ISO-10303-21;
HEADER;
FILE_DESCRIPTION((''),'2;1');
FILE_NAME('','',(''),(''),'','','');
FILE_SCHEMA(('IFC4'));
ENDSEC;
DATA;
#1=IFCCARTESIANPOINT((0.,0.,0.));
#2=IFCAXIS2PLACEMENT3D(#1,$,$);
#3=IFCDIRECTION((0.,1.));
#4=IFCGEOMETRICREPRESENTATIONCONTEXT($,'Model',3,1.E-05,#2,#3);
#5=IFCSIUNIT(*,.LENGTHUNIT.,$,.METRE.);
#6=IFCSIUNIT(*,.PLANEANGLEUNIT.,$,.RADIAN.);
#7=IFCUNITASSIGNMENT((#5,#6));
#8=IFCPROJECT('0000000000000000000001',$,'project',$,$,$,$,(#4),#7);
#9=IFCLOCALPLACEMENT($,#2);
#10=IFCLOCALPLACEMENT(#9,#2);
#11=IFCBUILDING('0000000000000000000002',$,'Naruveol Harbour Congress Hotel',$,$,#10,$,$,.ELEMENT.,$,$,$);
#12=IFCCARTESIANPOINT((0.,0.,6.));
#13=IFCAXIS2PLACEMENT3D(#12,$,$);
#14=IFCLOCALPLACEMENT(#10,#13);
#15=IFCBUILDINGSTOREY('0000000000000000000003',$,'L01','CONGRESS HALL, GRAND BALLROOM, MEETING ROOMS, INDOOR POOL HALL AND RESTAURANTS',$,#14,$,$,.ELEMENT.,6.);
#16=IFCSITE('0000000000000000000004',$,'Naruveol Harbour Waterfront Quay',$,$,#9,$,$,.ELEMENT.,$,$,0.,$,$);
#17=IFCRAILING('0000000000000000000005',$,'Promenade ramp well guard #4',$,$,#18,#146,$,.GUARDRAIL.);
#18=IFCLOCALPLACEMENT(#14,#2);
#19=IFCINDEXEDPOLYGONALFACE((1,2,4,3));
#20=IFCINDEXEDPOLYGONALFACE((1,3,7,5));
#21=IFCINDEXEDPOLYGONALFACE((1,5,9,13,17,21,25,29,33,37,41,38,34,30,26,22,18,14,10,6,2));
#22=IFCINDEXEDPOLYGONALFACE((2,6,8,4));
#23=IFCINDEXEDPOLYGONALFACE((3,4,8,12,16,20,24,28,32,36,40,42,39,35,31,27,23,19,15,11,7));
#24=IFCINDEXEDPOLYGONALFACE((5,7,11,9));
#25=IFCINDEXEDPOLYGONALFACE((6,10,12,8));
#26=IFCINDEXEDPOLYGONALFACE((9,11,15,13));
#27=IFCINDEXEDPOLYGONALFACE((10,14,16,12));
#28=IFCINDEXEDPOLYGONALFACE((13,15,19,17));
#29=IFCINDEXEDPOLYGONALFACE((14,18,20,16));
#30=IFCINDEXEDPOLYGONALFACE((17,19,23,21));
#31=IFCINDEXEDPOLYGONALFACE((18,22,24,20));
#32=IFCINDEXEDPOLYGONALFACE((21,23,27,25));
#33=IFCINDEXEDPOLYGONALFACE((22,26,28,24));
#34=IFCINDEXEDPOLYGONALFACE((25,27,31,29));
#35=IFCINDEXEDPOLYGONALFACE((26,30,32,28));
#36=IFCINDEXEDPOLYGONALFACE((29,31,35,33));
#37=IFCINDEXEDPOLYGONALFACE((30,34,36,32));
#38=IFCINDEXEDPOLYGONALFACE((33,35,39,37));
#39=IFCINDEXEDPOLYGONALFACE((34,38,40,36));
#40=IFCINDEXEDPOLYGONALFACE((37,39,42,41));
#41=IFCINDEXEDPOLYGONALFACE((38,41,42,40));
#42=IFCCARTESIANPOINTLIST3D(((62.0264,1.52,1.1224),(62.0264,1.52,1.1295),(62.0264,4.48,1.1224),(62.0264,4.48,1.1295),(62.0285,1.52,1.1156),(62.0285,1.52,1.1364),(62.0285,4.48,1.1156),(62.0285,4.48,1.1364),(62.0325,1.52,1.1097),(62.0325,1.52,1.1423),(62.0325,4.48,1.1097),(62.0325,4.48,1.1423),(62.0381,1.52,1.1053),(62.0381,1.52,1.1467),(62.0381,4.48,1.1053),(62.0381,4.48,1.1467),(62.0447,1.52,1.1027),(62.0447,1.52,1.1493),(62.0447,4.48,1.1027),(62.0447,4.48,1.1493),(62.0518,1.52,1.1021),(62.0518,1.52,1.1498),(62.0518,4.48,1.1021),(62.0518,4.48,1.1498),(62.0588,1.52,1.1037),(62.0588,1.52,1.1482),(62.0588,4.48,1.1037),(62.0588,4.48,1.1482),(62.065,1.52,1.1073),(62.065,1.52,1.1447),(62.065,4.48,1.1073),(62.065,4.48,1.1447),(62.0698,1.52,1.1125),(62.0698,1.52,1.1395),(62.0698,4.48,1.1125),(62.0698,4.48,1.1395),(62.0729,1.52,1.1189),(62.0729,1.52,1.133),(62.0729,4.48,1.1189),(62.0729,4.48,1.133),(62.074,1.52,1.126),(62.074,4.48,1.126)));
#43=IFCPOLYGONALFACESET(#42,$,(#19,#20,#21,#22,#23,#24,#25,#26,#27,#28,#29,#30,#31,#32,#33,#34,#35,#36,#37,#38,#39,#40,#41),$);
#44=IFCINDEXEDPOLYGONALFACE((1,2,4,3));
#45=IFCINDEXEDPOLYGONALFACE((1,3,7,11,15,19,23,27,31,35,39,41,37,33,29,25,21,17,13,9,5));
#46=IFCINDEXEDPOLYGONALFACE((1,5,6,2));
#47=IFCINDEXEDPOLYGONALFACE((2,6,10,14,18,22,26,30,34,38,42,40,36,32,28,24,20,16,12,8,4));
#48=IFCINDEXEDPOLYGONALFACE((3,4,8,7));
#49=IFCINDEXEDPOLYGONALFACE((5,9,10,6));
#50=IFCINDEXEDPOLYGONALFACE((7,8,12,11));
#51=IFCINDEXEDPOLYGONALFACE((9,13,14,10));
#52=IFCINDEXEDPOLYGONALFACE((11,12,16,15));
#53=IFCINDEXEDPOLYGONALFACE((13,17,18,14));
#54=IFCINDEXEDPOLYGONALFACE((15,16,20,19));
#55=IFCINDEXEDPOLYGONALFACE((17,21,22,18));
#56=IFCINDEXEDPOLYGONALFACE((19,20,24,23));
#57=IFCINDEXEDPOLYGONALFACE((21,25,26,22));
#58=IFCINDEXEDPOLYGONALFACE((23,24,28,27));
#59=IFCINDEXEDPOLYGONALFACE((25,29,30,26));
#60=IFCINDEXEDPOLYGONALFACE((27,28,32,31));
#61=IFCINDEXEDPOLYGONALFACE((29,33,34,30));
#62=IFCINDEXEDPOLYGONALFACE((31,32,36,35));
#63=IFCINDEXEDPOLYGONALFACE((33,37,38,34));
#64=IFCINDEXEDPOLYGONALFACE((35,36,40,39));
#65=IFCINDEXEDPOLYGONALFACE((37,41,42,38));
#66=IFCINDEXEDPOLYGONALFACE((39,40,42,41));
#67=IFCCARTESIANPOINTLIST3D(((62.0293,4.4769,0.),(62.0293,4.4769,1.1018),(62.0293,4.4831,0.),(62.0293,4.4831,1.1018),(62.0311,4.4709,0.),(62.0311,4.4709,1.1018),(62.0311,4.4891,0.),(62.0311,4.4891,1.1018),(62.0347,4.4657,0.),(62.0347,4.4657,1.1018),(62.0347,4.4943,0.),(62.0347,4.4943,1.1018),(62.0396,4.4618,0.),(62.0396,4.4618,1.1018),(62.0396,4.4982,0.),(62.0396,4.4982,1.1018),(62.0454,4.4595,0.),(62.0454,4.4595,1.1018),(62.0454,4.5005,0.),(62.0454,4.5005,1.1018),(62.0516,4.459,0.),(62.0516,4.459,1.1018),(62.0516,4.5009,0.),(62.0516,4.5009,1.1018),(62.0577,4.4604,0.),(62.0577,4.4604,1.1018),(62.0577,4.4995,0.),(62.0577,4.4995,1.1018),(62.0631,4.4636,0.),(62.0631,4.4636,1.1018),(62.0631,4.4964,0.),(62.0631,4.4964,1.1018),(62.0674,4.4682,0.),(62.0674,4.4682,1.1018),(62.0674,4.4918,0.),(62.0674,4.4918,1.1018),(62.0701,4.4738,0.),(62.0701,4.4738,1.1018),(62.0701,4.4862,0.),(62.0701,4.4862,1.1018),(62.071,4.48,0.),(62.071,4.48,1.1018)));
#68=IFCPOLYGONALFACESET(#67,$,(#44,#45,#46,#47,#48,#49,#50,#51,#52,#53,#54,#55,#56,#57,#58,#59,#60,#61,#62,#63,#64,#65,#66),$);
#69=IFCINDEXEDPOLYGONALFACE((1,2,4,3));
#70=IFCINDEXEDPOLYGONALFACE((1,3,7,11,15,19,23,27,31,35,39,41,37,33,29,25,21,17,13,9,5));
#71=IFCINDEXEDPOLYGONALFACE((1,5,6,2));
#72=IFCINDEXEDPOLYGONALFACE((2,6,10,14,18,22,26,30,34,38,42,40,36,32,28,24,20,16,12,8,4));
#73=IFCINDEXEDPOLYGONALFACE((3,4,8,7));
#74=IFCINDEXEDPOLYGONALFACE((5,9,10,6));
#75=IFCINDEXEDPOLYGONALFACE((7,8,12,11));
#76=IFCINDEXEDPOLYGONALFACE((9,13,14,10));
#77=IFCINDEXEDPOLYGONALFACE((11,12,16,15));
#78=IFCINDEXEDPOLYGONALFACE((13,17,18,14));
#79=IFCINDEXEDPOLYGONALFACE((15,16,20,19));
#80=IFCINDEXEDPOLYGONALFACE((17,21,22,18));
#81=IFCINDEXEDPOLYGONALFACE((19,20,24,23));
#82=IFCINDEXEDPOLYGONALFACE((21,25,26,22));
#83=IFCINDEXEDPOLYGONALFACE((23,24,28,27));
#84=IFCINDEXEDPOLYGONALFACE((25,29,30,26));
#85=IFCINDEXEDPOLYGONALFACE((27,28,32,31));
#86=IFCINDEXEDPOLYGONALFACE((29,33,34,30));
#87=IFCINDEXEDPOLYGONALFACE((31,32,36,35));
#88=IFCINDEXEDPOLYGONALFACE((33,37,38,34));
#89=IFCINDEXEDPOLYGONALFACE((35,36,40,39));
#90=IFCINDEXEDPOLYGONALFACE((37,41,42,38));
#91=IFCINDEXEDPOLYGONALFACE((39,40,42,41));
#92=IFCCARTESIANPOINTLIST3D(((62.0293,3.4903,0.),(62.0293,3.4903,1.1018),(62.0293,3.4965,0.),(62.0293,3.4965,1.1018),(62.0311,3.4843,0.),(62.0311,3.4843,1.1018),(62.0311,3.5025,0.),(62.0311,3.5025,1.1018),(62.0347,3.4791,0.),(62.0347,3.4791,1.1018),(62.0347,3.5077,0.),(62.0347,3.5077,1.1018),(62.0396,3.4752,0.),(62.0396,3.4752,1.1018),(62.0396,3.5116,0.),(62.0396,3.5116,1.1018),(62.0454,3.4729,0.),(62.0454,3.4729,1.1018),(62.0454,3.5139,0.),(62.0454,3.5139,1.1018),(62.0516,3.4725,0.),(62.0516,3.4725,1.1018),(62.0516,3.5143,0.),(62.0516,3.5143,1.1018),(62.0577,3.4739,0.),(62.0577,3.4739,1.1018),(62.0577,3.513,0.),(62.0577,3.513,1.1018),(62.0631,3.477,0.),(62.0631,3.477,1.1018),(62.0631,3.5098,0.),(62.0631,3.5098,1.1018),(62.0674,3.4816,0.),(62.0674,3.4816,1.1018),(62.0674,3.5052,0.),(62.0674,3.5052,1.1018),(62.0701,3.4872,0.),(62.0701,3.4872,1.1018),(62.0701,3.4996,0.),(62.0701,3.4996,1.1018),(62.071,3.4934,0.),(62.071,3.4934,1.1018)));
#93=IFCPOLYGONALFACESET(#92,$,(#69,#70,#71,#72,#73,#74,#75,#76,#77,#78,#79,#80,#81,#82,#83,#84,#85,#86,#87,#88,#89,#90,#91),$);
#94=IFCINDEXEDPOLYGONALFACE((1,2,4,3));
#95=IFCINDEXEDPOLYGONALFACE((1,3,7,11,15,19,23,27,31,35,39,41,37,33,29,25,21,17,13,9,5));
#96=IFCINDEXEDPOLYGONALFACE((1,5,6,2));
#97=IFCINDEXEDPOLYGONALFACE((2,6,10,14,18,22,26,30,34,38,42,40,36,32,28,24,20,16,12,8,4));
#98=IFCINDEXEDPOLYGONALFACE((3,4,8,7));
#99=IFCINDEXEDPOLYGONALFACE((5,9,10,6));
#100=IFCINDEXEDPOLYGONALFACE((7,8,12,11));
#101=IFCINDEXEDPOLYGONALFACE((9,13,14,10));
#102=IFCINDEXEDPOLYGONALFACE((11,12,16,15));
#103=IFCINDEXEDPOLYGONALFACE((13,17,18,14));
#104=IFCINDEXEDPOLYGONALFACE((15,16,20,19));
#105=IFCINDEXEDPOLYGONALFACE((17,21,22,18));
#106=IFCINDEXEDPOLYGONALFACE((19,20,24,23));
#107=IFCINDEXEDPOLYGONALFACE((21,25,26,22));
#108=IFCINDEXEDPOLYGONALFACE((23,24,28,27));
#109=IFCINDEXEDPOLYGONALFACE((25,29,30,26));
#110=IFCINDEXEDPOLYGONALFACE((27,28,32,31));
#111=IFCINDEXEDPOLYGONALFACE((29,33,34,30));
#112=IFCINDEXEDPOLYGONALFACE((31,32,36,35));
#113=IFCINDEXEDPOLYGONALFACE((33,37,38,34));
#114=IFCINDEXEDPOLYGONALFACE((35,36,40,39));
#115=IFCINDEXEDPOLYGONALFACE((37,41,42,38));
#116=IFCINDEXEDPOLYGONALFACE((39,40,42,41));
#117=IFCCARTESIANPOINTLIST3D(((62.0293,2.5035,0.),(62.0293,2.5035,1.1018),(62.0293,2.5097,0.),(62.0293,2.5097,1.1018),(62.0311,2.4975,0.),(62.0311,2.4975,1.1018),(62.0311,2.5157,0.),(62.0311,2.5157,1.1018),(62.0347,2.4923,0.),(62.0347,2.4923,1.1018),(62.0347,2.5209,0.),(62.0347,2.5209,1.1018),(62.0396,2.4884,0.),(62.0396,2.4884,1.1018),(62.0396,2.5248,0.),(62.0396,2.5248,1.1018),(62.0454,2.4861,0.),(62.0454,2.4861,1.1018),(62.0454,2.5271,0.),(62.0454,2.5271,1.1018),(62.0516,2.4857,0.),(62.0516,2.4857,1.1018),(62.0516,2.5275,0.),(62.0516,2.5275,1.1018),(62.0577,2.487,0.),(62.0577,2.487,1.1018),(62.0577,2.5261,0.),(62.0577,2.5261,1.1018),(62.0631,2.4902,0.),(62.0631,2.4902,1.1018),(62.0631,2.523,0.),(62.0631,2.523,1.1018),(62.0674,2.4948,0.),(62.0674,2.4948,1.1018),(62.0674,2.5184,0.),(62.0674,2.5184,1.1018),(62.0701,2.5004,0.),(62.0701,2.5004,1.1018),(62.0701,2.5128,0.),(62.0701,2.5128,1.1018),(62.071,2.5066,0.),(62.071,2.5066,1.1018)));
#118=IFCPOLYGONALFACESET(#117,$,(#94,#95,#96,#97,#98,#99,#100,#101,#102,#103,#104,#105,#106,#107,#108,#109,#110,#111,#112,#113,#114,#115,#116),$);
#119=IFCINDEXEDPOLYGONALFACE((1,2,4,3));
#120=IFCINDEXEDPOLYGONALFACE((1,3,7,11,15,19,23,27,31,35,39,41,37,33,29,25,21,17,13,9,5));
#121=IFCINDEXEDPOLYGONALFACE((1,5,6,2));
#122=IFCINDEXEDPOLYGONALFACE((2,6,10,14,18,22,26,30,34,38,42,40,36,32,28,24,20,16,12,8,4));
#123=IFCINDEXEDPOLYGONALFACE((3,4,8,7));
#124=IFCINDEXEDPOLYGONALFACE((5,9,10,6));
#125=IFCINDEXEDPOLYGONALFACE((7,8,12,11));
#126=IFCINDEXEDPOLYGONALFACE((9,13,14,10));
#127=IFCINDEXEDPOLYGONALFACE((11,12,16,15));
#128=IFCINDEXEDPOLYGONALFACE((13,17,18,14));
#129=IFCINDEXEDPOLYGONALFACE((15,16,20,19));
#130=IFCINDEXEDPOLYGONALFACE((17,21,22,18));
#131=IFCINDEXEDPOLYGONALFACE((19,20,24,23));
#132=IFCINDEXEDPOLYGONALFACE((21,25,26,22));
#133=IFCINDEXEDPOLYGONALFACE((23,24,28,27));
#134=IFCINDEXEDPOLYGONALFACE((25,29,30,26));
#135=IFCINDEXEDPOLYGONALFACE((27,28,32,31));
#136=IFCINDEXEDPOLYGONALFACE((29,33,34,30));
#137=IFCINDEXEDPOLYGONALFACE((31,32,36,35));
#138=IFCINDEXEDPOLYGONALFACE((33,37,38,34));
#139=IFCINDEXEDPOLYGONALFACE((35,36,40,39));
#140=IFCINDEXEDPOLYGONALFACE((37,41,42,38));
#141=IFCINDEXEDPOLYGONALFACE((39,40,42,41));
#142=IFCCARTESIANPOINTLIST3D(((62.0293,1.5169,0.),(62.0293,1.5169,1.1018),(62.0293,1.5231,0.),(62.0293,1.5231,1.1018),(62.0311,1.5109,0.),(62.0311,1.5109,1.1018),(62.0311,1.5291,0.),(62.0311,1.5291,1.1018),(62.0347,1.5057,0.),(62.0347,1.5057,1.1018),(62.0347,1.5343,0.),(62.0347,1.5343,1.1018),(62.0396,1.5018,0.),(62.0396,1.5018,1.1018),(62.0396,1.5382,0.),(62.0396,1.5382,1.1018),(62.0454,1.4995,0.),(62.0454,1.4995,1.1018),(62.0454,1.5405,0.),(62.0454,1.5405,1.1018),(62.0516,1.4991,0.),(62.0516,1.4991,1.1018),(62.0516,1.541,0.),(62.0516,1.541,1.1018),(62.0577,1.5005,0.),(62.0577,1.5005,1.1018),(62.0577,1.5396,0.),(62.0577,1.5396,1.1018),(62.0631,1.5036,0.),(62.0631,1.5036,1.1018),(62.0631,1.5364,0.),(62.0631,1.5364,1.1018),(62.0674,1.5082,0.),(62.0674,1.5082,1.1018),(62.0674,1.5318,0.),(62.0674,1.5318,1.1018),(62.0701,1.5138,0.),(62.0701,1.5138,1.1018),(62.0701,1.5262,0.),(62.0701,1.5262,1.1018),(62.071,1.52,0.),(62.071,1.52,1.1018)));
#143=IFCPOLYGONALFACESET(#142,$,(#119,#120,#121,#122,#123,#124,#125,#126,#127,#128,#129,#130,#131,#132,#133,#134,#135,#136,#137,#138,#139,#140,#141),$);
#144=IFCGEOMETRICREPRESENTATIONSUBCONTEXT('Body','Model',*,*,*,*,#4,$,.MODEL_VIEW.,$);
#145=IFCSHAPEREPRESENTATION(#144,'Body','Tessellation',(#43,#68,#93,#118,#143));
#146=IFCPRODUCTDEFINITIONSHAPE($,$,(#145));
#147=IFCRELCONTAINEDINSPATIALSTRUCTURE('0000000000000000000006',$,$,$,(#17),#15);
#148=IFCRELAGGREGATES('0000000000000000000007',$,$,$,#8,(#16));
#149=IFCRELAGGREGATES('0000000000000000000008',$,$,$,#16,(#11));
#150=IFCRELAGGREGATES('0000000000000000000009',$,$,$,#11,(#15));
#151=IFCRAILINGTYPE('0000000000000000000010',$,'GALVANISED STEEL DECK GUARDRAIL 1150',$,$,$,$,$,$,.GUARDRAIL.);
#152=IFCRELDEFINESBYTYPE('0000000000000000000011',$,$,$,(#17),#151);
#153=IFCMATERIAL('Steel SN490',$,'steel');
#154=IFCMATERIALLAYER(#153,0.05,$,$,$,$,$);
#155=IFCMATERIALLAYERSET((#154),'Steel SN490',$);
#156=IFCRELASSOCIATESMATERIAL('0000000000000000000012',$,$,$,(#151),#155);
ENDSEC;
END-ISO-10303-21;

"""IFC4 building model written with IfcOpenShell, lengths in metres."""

from ifc_helpers import new_model, si_unit, direction, frame, origin, origin_2d, place, context, subcontext, project, spatial, circle, extrude, material, layer, layer_set, type_object, element, save


model = new_model("IFC4")

# Units and contexts
model_context = context("Model", 3, precision=1e-05, world=origin(), true_north=direction((0.0, 1.0)))
body_context = subcontext(model_context, "Body", "Model", "MODEL_VIEW")
ifc_project = project(units=[si_unit("LENGTHUNIT", "METRE"), si_unit("PLANEANGLEUNIT", "RADIAN")], contexts=[model_context])

# Site, building, storey
site_placement = place(None, origin())
site = spatial("IfcSite", under=ifc_project, at=site_placement, Name="Naruveol Harbour Waterfront Quay", CompositionType="ELEMENT", RefElevation=0.0)
building_placement = place(site_placement, origin())
building = spatial("IfcBuilding", under=site, at=building_placement, Name="Naruveol Harbour Congress Hotel", CompositionType="ELEMENT")
storey_placement = place(building_placement, frame((0.0, 0.0, 6.0)))
storey = spatial("IfcBuildingStorey", under=building, at=storey_placement, Name="L01", Description="CONGRESS HALL, GRAND BALLROOM, MEETING ROOMS, INDOOR POOL HALL AND RESTAURANTS", CompositionType="ELEMENT", Elevation=6.0)

# Railing
ifc_material_1 = material(Name="Steel SN490", Category="steel")
ifc_layer_1 = layer(ifc_material_1, 0.05)
ifc_layer_set_1 = layer_set([ifc_layer_1], Name="Steel SN490")
railing_type = type_object("IfcRailingType", Name="GALVANISED STEEL DECK GUARDRAIL 1150", PredefinedType="GUARDRAIL", material=ifc_layer_set_1)
railing_placement = place(storey_placement, frame((62.05, 4.48, 0.0)))
element("IfcRailing", 1, at=railing_placement, inside=storey, type_object=railing_type, Name="Promenade ramp well guard #4", PredefinedType="GUARDRAIL", context=body_context, shape_type="SweptSolid", body=[
    extrude(circle(Radius=0.0239, at=origin_2d()), frame((0.0, 0.0, 1.126), z_axis=(0.0, -1.0, 0.0), x_axis=(1.0, 0.0, 0.0)), (0.0, 0.0, 1.0), 2.96),
    extrude(circle(Radius=0.021, at=origin_2d()), origin(), (0.0, 0.0, 1.0), 1.1018),
    extrude(circle(Radius=0.021, at=origin_2d()), frame((0.0, -0.9866, 0.0)), (0.0, 0.0, 1.0), 1.1018),
    extrude(circle(Radius=0.021, at=origin_2d()), frame((0.0, -1.9734, 0.0)), (0.0, 0.0, 1.0), 1.1018),
    extrude(circle(Radius=0.021, at=origin_2d()), frame((0.0, -2.96, 0.0)), (0.0, 0.0, 1.0), 1.1018),
])

save(model, "model.ifc")
